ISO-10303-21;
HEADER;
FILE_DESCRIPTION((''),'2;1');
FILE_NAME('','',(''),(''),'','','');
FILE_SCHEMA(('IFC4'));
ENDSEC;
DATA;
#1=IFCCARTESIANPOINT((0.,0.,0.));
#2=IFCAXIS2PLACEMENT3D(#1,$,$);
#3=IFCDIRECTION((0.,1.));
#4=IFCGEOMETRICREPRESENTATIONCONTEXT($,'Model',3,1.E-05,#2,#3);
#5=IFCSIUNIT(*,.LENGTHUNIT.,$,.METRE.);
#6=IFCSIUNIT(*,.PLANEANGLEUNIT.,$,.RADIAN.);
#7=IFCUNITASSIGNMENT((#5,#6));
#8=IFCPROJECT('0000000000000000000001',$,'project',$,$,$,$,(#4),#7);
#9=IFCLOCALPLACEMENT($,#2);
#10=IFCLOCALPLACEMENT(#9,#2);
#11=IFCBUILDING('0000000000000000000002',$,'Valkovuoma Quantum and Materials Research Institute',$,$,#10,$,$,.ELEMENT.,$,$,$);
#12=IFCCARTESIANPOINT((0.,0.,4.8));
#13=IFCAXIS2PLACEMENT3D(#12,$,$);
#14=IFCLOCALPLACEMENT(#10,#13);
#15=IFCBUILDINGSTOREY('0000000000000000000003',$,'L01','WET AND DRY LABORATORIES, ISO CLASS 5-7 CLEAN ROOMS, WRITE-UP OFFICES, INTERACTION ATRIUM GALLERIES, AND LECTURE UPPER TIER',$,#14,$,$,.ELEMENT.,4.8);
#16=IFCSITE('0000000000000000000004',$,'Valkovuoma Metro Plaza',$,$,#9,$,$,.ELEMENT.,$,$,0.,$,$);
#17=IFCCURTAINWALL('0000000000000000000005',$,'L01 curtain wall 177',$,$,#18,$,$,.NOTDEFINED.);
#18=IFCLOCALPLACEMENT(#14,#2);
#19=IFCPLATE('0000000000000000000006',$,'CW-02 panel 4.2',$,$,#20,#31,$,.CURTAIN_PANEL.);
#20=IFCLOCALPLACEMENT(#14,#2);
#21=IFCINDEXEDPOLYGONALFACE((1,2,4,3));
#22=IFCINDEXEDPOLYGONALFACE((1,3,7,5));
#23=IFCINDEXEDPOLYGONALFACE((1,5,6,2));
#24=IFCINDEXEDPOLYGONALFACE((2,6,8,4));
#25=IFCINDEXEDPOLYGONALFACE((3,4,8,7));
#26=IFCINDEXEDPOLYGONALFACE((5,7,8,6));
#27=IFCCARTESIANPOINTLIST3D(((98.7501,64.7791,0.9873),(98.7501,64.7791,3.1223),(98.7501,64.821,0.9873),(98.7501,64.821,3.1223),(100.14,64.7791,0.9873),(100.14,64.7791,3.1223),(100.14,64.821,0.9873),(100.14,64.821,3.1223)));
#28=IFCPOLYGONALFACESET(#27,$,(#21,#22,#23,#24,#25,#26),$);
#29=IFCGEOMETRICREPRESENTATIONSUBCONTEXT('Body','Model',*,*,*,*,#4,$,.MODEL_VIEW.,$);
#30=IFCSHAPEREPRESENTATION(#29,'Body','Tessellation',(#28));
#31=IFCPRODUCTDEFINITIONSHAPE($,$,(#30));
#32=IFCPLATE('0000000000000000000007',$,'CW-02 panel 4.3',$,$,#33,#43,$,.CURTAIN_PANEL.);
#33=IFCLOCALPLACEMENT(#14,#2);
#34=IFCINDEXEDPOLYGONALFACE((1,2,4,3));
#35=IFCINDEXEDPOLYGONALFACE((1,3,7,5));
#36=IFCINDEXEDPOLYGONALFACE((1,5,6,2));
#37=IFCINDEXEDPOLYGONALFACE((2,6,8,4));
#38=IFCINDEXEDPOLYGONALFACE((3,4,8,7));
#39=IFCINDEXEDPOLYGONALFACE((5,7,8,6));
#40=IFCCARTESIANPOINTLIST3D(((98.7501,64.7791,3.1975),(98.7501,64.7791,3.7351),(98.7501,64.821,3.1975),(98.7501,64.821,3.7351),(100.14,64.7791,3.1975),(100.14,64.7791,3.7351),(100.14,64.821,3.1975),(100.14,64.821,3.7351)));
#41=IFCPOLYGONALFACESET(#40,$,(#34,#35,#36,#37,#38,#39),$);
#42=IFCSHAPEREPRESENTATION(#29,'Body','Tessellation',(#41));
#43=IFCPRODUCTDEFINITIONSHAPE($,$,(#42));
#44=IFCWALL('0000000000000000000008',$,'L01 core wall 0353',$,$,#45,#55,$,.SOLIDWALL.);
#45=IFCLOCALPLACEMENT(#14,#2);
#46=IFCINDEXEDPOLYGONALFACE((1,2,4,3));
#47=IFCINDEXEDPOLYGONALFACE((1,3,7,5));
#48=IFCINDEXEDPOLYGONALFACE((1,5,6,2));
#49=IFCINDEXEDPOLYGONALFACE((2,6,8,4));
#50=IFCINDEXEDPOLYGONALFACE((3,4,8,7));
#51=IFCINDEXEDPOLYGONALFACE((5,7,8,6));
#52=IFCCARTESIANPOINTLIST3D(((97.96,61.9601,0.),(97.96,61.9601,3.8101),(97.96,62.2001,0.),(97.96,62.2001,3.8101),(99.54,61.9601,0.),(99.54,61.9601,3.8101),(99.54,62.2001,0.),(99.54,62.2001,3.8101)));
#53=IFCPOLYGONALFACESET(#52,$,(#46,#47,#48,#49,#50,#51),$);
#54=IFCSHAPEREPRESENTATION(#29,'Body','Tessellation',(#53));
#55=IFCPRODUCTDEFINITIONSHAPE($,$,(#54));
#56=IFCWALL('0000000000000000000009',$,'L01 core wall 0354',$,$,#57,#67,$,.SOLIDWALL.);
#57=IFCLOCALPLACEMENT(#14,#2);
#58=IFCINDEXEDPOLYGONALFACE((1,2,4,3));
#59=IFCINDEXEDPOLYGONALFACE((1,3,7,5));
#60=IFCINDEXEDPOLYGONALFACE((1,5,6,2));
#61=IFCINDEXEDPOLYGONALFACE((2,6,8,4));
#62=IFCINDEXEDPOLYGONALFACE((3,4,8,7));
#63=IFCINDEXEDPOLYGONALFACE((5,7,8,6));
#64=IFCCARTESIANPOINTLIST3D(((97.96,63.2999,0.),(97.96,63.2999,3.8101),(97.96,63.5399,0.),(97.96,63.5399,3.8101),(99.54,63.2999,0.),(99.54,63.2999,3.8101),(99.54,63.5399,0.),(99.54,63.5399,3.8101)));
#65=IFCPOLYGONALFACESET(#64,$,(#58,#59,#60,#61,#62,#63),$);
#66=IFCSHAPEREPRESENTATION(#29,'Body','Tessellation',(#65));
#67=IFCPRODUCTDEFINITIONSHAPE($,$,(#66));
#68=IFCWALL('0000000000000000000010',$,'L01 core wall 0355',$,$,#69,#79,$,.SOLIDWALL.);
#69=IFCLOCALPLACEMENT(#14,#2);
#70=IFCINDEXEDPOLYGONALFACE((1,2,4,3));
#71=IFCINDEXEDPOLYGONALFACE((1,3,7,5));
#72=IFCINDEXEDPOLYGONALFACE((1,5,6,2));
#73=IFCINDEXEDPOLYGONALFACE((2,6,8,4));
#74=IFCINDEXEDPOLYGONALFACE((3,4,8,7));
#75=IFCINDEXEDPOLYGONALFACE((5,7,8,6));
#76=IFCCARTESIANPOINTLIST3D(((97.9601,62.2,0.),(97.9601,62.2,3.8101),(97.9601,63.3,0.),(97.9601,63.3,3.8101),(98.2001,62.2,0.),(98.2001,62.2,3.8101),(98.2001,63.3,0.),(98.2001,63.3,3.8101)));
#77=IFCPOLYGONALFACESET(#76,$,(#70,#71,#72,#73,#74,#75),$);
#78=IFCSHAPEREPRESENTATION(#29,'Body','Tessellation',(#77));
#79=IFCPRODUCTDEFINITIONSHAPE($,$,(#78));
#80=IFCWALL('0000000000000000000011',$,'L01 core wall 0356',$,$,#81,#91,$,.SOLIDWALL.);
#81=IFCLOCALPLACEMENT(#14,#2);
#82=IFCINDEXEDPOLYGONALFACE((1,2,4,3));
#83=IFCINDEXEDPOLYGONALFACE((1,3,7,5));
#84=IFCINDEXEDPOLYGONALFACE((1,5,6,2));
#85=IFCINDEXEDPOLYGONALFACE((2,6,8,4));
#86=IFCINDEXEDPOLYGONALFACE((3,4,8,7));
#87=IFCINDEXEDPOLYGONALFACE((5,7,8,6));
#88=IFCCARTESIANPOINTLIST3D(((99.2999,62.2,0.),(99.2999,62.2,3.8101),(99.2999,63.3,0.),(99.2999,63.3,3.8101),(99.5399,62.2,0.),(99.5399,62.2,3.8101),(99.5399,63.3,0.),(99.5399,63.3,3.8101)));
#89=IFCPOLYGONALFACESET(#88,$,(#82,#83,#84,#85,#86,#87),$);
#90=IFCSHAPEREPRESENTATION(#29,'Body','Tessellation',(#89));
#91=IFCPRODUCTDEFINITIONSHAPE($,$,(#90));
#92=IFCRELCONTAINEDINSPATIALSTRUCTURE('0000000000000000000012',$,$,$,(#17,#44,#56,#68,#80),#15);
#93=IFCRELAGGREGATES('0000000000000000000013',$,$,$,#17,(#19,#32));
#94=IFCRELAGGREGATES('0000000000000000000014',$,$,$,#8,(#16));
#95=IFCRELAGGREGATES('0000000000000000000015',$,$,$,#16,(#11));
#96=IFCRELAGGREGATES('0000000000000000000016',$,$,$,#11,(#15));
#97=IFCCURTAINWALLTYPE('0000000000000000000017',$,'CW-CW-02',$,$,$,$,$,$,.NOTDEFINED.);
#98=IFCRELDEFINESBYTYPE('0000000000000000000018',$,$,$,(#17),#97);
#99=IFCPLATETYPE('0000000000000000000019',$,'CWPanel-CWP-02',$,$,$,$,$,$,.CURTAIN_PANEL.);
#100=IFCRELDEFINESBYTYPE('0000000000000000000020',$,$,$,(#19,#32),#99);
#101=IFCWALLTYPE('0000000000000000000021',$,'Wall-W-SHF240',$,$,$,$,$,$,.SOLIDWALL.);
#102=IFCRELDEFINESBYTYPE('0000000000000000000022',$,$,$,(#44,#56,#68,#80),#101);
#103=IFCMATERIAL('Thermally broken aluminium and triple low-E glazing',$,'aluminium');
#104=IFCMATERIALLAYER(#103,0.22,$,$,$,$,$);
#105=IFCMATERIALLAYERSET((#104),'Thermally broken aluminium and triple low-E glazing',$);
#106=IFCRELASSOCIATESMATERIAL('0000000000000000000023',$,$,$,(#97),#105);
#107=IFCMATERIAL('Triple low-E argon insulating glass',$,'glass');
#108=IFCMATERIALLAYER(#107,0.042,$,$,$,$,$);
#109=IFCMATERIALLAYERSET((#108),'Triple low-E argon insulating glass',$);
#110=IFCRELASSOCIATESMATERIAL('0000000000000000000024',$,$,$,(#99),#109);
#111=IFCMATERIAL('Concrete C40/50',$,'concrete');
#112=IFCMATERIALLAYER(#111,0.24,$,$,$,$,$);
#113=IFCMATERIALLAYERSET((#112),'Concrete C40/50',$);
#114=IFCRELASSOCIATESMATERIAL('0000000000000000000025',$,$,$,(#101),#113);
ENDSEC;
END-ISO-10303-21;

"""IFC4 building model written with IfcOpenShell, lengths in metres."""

from ifc_helpers import new_model, si_unit, direction, frame, frame_2d, origin, origin_2d, place, context, subcontext, project, spatial, rectangle, extrude, material, layer, layer_set, type_object, element, aggregate, save


model = new_model("IFC4")

# Units and contexts
model_context = context("Model", 3, precision=1e-05, world=origin(), true_north=direction((0.0, 1.0)))
body_context = subcontext(model_context, "Body", "Model", "MODEL_VIEW")
ifc_project = project(units=[si_unit("LENGTHUNIT", "METRE"), si_unit("PLANEANGLEUNIT", "RADIAN")], contexts=[model_context])

# Site, building, storey
site_placement = place(None, origin())
site = spatial("IfcSite", under=ifc_project, at=site_placement, Name="Valkovuoma Metro Plaza", CompositionType="ELEMENT", RefElevation=0.0)
building_placement = place(site_placement, origin())
building = spatial("IfcBuilding", under=site, at=building_placement, Name="Valkovuoma Quantum and Materials Research Institute", CompositionType="ELEMENT")
storey_placement = place(building_placement, frame((0.0, 0.0, 4.8)))
storey = spatial("IfcBuildingStorey", under=building, at=storey_placement, Name="L01", Description="WET AND DRY LABORATORIES, ISO CLASS 5-7 CLEAN ROOMS, WRITE-UP OFFICES, INTERACTION ATRIUM GALLERIES, AND LECTURE UPPER TIER", CompositionType="ELEMENT", Elevation=4.8)

# Curtain wall, plates
ifc_material_1 = material(Name="Thermally broken aluminium and triple low-E glazing", Category="aluminium")
ifc_layer_1 = layer(ifc_material_1, 0.22)
ifc_layer_set_1 = layer_set([ifc_layer_1], Name="Thermally broken aluminium and triple low-E glazing")
curtain_wall_type = type_object("IfcCurtainWallType", Name="CW-CW-02", PredefinedType="NOTDEFINED", material=ifc_layer_set_1)
curtain_wall_placement = place(storey_placement, origin())
curtain_wall = element("IfcCurtainWall", 1, at=curtain_wall_placement, inside=storey, type_object=curtain_wall_type, Name="L01 curtain wall 177", PredefinedType="NOTDEFINED")
ifc_material_2 = material(Name="Triple low-E argon insulating glass", Category="glass")
ifc_layer_2 = layer(ifc_material_2, 0.042)
ifc_layer_set_2 = layer_set([ifc_layer_2], Name="Triple low-E argon insulating glass")
plate_type = type_object("IfcPlateType", Name="CWPanel-CWP-02", PredefinedType="CURTAIN_PANEL", material=ifc_layer_set_2)
plate_1_placement = place(storey_placement, frame((99.4451, 64.8, 0.9873), z_axis=(0.0, 0.0, 1.0), x_axis=(1.0, 0.0, 0.0)))
plate_1 = element("IfcPlate", 2, at=plate_1_placement, type_object=plate_type, Name="CW-02 panel 4.2", PredefinedType="CURTAIN_PANEL", context=body_context, shape_type="SweptSolid", body=[
    extrude(rectangle(XDim=1.3899, YDim=0.042, at=origin_2d()), origin(), (0.0, 0.0, 1.0), 2.135),
])
plate_2_placement = place(storey_placement, frame((99.4451, 64.8, 3.1975), z_axis=(0.0, 0.0, 1.0), x_axis=(1.0, 0.0, 0.0)))
plate_2 = element("IfcPlate", 3, at=plate_2_placement, type_object=plate_type, Name="CW-02 panel 4.3", PredefinedType="CURTAIN_PANEL", context=body_context, shape_type="SweptSolid", body=[
    extrude(rectangle(XDim=1.3899, YDim=0.042, at=origin_2d()), origin(), (0.0, 0.0, 1.0), 0.5376),
])
aggregate(curtain_wall, [plate_1, plate_2])

# Walls
ifc_material_3 = material(Name="Concrete C40/50", Category="concrete")
ifc_layer_3 = layer(ifc_material_3, 0.24)
ifc_layer_set_3 = layer_set([ifc_layer_3], Name="Concrete C40/50")
wall_type_1 = type_object("IfcWallType", Name="Wall-W-SHF240", PredefinedType="SOLIDWALL", material=ifc_layer_set_3)
for number, where, z_axis, x_axis, name in (
    (4, (97.96, 62.0801, 0.0), (0.0, 0.0, 1.0), (1.0, 0.0, 0.0), "L01 core wall 0353"),
    (5, (97.96, 63.4199, 0.0), (0.0, 0.0, 1.0), (1.0, 0.0, 0.0), "L01 core wall 0354"),
):
    element("IfcWall", number, at=place(storey_placement, frame(where, z_axis=z_axis, x_axis=x_axis)), inside=storey, type_object=wall_type_1, Name=name, PredefinedType="SOLIDWALL", context=body_context, shape_type="SweptSolid", body=[
        extrude(rectangle(XDim=1.5801, YDim=0.24, at=frame_2d((0.79, 0.0))), origin(), (0.0, 0.0, 1.0), 3.8101),
    ])
for number, where, z_axis, x_axis, name in (
    (6, (98.0801, 62.2, 0.0), (0.0, 0.0, 1.0), (0.0, 1.0, 0.0), "L01 core wall 0355"),
    (7, (99.4199, 62.2, 0.0), (0.0, 0.0, 1.0), (0.0, 1.0, 0.0), "L01 core wall 0356"),
):
    element("IfcWall", number, at=place(storey_placement, frame(where, z_axis=z_axis, x_axis=x_axis)), inside=storey, type_object=wall_type_1, Name=name, PredefinedType="SOLIDWALL", context=body_context, shape_type="SweptSolid", body=[
        extrude(rectangle(XDim=1.1001, YDim=0.24, at=frame_2d((0.55, 0.0))), origin(), (0.0, 0.0, 1.0), 3.8101),
    ])

save(model, "model.ifc")
